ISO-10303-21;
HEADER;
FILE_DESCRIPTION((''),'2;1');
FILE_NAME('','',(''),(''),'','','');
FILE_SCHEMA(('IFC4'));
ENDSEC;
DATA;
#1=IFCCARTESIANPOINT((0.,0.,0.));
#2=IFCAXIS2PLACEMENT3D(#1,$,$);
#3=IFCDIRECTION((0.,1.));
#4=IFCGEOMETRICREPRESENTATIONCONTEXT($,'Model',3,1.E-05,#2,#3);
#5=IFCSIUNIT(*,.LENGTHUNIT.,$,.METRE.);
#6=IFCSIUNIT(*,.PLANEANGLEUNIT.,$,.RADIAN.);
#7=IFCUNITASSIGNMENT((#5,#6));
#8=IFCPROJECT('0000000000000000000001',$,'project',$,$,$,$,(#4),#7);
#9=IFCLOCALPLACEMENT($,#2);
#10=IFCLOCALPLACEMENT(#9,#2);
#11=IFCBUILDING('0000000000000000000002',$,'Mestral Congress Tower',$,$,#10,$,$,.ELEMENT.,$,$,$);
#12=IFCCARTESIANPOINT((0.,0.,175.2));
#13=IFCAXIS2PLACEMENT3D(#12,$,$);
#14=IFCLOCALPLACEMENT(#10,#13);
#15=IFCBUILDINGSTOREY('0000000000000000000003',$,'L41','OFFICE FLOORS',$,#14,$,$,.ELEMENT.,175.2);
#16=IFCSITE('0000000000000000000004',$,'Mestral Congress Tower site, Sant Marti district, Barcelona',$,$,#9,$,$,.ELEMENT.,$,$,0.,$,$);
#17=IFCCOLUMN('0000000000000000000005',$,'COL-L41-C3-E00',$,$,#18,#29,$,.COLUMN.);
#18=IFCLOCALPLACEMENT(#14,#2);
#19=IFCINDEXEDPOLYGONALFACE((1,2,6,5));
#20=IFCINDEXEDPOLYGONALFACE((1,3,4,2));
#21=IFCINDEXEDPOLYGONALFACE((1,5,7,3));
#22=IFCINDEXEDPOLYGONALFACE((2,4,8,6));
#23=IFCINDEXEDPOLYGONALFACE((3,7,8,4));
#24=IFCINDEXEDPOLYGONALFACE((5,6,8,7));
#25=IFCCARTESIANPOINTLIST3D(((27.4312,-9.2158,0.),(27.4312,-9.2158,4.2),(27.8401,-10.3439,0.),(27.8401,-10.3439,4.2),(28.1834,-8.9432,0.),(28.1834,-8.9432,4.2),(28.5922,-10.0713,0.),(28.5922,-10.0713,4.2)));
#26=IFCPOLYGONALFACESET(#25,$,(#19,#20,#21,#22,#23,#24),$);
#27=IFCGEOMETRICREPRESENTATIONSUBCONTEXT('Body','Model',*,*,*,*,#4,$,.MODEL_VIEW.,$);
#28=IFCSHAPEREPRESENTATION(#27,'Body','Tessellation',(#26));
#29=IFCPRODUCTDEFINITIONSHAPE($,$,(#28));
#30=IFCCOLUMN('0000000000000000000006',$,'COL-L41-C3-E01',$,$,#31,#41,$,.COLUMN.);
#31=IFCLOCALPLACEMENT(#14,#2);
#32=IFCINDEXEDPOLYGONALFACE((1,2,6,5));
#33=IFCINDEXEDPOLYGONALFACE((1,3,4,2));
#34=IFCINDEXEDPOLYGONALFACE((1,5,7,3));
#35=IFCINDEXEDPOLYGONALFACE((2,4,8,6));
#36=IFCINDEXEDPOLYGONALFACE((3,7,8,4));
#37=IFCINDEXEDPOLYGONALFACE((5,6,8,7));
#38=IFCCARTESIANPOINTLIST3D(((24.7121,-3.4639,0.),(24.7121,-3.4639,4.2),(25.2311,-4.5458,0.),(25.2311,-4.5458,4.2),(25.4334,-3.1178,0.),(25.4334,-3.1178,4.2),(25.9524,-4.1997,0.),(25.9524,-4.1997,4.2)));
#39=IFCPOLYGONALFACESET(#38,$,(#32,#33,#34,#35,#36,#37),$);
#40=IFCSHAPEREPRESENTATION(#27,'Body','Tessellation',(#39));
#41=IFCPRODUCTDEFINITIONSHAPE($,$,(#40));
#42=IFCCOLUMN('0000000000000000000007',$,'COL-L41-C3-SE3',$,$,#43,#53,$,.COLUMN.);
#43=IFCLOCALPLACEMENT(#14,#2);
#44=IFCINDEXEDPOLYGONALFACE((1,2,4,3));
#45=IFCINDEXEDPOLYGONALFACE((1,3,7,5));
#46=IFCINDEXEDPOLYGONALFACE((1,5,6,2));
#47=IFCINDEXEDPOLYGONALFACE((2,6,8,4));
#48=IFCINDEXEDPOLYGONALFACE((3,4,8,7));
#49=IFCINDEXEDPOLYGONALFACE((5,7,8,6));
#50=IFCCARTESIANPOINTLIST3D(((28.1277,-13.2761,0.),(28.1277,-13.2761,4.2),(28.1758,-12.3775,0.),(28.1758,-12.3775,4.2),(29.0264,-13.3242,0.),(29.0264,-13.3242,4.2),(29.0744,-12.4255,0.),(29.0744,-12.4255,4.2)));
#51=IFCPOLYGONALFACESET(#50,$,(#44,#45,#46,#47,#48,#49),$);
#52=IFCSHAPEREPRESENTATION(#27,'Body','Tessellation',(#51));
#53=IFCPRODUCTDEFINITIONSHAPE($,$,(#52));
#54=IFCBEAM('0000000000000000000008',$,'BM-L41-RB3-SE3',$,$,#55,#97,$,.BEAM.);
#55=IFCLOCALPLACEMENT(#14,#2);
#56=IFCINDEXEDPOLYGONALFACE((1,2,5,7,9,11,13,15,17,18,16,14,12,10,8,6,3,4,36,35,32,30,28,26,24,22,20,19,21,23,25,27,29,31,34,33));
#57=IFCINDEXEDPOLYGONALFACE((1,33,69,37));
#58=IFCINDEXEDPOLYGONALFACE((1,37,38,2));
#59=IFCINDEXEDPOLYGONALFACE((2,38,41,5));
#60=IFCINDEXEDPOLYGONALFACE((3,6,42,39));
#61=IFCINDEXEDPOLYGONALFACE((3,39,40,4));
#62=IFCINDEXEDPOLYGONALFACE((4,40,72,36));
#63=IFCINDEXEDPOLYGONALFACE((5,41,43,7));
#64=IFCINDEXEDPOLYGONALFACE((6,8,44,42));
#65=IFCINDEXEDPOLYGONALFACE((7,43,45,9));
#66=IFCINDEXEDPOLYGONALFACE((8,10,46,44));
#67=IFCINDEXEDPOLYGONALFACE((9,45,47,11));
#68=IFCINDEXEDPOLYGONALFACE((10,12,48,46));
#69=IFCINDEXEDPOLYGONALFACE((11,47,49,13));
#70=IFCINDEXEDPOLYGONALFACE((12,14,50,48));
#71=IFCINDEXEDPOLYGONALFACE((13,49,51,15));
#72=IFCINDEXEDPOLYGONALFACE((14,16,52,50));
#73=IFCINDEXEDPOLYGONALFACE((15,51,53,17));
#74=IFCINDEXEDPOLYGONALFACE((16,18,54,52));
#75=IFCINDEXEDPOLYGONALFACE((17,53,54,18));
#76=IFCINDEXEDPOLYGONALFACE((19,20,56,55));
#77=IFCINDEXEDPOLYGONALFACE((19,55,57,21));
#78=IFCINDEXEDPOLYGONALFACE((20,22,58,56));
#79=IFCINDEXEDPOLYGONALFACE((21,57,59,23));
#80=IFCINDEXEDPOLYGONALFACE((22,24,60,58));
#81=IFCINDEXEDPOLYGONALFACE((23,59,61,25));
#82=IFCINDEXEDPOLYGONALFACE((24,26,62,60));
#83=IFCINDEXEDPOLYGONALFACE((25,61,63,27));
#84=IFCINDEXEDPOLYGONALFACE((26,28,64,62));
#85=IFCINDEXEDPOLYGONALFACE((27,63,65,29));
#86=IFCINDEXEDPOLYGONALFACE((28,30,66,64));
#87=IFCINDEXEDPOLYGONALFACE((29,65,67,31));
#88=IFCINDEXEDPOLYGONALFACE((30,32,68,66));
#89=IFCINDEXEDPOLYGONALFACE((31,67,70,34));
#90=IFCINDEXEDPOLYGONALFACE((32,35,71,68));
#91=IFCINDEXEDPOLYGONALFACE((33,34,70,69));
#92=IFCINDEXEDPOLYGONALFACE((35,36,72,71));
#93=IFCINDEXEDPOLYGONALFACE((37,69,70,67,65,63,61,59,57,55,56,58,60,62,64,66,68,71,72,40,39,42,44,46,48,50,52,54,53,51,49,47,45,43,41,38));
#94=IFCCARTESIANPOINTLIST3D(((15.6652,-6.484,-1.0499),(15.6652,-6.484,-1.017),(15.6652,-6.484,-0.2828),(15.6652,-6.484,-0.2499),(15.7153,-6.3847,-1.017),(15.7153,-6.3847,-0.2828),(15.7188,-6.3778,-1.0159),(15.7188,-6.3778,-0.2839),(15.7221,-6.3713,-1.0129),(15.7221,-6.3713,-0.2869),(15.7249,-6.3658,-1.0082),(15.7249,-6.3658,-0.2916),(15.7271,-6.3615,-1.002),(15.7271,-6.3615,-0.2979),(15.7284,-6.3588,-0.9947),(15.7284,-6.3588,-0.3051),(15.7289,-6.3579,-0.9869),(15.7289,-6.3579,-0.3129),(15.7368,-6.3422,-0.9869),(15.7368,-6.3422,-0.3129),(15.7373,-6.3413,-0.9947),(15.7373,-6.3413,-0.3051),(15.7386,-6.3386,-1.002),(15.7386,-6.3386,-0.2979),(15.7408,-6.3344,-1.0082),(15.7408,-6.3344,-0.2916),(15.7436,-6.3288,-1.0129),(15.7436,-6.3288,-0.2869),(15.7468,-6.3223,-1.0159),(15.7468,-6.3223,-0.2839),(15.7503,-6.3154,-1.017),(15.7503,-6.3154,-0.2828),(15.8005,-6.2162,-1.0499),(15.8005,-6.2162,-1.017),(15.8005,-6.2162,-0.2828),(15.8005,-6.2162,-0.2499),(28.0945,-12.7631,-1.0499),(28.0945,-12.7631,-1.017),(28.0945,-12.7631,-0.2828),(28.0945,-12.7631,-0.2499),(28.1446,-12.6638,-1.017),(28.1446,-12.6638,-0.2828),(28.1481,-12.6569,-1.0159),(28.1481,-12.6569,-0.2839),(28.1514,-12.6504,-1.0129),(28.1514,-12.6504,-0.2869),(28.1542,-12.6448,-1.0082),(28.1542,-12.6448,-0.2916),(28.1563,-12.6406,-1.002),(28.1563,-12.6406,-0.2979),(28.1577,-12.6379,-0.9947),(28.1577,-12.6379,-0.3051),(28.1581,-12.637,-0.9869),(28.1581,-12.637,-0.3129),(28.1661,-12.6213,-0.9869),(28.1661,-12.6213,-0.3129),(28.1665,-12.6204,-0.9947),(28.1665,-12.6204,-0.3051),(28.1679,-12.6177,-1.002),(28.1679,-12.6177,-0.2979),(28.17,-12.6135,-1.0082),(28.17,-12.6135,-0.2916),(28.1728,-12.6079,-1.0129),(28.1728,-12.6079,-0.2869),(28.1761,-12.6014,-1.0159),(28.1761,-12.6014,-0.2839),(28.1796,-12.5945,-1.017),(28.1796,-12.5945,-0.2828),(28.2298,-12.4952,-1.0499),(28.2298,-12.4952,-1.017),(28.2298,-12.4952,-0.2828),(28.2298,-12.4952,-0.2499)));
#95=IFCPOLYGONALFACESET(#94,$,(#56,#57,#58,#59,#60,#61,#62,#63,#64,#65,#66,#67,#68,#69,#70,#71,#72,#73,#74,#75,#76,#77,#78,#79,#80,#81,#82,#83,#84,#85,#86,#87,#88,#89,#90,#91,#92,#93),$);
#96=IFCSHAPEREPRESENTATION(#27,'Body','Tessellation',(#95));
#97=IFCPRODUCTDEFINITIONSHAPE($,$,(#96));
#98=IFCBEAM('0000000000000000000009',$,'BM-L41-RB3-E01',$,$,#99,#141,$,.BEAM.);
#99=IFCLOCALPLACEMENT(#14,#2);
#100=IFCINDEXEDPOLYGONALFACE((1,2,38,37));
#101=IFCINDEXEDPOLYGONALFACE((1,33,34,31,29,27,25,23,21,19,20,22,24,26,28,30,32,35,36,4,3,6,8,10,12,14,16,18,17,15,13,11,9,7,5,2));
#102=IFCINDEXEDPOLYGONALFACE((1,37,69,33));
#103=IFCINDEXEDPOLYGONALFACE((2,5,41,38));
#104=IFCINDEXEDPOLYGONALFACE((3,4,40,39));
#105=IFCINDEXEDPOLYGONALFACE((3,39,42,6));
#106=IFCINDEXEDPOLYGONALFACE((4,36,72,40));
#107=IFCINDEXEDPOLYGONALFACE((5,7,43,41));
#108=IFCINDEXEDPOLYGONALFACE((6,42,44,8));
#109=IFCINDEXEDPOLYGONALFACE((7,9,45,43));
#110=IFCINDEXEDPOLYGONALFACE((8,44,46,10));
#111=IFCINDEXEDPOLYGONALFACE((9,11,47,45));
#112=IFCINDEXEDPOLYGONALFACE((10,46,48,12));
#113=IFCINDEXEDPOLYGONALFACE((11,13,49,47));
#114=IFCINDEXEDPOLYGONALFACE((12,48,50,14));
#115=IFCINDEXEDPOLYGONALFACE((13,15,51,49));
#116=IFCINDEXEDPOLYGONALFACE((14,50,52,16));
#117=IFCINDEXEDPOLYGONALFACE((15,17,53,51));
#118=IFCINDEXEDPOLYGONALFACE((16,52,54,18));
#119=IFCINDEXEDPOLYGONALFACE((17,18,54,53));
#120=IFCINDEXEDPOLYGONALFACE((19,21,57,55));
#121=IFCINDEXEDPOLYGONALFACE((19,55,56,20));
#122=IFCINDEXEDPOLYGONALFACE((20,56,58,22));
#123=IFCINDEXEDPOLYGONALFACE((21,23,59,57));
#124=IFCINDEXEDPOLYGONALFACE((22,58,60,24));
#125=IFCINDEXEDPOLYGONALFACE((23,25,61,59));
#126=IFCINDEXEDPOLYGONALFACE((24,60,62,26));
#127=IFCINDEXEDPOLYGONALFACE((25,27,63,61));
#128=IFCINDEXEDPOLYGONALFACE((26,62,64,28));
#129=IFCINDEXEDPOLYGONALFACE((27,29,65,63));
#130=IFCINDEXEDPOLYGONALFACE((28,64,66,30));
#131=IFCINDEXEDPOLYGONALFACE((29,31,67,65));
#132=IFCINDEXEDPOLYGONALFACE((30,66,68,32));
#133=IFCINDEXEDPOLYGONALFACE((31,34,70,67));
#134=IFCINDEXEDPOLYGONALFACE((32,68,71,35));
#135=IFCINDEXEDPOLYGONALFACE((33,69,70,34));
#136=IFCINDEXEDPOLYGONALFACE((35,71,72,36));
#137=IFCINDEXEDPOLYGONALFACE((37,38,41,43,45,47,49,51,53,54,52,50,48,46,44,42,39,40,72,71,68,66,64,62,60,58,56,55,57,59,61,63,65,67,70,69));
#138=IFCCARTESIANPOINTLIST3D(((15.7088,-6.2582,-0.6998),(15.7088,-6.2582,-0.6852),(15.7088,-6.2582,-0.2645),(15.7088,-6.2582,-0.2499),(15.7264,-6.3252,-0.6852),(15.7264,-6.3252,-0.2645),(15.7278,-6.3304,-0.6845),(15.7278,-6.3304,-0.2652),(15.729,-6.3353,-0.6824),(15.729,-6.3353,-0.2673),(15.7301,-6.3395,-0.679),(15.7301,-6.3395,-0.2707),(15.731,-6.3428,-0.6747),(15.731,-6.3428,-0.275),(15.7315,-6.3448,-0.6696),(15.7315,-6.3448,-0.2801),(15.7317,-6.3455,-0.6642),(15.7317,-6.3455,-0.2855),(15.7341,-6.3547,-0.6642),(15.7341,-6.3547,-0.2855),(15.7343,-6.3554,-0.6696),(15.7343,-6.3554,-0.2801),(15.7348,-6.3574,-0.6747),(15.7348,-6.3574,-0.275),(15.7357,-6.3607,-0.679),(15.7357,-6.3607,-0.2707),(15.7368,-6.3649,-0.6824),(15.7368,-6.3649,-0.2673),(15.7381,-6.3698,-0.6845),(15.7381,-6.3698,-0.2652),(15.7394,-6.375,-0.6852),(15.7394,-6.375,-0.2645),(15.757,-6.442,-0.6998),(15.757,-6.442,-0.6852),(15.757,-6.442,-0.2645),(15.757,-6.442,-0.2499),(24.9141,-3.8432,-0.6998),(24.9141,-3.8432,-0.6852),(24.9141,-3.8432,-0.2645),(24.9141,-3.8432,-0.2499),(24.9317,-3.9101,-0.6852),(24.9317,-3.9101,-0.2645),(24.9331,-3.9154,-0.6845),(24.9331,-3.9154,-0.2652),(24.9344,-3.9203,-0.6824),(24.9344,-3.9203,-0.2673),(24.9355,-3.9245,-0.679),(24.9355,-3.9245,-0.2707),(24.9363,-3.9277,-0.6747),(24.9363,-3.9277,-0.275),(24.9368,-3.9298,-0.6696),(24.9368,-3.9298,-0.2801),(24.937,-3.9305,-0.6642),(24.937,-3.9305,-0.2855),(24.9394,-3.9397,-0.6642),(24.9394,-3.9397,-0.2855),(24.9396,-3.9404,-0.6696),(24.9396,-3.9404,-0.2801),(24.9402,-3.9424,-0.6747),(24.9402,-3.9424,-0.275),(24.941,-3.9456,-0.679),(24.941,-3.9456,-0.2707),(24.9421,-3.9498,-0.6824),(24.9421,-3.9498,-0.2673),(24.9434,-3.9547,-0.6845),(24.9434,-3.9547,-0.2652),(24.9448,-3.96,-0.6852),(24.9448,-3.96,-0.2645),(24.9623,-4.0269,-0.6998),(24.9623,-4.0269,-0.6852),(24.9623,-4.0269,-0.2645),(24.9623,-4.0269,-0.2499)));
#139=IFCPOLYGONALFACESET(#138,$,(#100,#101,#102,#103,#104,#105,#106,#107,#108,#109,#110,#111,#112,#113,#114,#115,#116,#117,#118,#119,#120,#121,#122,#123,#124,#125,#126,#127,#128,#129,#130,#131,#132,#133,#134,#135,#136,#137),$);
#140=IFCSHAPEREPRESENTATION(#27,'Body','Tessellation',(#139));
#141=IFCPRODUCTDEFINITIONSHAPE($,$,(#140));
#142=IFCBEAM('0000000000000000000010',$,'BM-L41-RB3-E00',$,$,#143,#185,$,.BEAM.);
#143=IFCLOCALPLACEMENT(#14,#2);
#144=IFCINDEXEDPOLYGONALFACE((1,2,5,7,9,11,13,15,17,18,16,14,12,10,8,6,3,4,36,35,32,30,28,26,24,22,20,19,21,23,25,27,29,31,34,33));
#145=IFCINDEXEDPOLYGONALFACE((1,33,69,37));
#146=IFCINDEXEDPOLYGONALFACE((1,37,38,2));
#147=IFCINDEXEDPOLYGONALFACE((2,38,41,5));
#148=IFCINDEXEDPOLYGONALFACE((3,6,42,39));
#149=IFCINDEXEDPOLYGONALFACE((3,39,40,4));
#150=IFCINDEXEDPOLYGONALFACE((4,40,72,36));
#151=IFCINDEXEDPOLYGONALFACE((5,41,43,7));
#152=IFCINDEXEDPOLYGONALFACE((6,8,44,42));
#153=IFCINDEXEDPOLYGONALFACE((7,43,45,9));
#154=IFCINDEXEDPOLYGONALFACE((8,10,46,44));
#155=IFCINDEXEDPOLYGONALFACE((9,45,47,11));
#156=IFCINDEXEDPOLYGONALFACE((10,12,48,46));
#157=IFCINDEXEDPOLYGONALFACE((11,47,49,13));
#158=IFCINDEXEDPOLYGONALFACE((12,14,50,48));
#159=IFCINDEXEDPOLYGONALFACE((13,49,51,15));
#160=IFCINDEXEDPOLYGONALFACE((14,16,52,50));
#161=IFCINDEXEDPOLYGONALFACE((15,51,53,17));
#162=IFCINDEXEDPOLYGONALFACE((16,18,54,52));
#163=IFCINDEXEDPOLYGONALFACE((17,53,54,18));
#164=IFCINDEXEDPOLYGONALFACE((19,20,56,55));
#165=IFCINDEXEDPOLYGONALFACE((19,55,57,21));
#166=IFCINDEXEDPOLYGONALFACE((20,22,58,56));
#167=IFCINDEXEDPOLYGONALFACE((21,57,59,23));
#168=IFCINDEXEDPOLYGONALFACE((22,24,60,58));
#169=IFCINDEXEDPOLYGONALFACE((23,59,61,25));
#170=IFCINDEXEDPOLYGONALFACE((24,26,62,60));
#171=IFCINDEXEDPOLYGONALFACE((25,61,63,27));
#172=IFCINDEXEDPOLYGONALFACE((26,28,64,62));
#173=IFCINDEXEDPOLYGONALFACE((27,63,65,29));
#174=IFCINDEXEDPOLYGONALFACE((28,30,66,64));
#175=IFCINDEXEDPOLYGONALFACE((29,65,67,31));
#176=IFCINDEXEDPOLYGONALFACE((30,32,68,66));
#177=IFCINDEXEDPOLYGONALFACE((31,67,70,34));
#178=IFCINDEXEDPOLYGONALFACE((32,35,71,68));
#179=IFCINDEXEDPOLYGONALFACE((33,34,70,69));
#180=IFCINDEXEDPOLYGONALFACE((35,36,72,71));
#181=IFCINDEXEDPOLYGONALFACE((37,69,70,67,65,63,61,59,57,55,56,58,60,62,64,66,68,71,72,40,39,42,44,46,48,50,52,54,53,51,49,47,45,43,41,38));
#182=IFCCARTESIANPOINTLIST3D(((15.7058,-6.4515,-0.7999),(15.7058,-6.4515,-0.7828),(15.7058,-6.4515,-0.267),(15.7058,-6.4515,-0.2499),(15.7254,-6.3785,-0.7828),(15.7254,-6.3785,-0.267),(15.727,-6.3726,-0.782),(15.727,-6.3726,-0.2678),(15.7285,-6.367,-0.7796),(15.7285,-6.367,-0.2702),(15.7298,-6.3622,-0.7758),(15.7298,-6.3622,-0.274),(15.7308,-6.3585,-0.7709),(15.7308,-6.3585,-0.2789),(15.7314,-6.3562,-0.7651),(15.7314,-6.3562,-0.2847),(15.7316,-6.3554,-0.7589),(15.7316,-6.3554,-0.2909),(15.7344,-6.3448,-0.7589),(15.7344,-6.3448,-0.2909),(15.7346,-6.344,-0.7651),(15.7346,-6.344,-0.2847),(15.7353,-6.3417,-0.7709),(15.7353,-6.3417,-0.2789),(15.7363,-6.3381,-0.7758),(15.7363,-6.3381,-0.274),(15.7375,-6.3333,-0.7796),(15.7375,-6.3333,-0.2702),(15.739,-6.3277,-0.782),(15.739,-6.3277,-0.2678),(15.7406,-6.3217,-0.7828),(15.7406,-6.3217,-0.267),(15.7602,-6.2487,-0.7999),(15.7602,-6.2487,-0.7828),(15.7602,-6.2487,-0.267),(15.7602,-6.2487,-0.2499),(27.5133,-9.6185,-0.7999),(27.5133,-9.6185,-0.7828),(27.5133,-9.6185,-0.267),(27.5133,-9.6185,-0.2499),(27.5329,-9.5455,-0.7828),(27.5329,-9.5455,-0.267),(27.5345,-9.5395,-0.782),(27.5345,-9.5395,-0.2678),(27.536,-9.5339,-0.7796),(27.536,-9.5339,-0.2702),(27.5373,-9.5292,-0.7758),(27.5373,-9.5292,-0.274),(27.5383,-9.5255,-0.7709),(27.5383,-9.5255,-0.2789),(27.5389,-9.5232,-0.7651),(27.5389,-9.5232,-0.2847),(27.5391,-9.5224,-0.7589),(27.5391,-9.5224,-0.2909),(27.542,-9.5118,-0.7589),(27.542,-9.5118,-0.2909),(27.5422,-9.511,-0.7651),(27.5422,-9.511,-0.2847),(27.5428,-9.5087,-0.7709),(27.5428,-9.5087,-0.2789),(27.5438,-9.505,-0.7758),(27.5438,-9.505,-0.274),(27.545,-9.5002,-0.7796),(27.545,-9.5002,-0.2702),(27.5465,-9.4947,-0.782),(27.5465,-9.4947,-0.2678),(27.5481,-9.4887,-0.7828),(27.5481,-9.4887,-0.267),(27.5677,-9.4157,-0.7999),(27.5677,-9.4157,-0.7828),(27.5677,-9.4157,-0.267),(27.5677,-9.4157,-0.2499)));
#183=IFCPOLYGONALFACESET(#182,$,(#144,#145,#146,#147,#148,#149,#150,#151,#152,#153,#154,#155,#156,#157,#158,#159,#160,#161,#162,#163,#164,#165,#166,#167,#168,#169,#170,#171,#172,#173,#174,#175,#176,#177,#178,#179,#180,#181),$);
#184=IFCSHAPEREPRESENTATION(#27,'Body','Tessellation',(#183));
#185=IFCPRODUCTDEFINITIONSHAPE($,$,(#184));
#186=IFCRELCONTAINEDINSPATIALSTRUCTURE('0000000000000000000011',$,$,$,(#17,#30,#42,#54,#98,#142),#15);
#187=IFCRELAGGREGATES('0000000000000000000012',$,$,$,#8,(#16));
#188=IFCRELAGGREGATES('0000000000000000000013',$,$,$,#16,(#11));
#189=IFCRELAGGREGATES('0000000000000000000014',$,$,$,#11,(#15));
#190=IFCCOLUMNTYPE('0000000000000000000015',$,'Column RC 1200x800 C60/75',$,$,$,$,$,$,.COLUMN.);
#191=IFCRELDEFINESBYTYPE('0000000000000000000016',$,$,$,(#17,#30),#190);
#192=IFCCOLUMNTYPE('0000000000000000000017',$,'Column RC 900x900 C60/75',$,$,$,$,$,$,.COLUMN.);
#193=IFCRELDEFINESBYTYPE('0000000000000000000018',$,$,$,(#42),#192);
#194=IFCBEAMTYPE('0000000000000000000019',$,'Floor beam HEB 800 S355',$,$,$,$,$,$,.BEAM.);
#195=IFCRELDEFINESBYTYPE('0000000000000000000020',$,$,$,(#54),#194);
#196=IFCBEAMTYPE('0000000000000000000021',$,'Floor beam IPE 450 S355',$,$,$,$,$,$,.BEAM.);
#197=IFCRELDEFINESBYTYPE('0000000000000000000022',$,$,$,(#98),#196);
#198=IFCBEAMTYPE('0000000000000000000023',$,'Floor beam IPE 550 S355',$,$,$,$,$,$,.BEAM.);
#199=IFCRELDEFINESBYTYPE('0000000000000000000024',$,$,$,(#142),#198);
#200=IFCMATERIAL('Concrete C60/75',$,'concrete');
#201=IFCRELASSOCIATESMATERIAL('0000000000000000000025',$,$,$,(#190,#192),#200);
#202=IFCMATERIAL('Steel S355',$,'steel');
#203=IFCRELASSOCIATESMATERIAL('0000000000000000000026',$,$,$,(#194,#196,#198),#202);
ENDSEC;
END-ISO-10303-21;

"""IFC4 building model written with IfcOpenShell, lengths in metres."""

from ifc_helpers import new_model, si_unit, direction, frame, origin, origin_2d, place, context, subcontext, project, spatial, rectangle, i_section, extrude, material, material_profile, profile_set, type_object, element, save


model = new_model("IFC4")

# Units and contexts
model_context = context("Model", 3, precision=1e-05, world=origin(), true_north=direction((0.0, 1.0)))
body_context = subcontext(model_context, "Body", "Model", "MODEL_VIEW")
ifc_project = project(units=[si_unit("LENGTHUNIT", "METRE"), si_unit("PLANEANGLEUNIT", "RADIAN")], contexts=[model_context])

# Site, building, storey
site_placement = place(None, origin())
site = spatial("IfcSite", under=ifc_project, at=site_placement, Name="Mestral Congress Tower site, Sant Marti district, Barcelona", CompositionType="ELEMENT", RefElevation=0.0)
building_placement = place(site_placement, origin())
building = spatial("IfcBuilding", under=site, at=building_placement, Name="Mestral Congress Tower", CompositionType="ELEMENT")
storey_placement = place(building_placement, frame((0.0, 0.0, 175.2)))
storey = spatial("IfcBuildingStorey", under=building, at=storey_placement, Name="L41", Description="OFFICE FLOORS", CompositionType="ELEMENT", Elevation=175.2)

# Columns
ifc_material_1 = material(Name="Concrete C60/75", Category="concrete")
ifc_material_profile_1 = material_profile(ifc_material_1, rectangle(XDim=1.2, YDim=0.8, at=origin_2d()), Name="RC 1200x800")
ifc_profile_set_1 = profile_set([ifc_material_profile_1], Name="Concrete C60/75")
column_type_1 = type_object("IfcColumnType", Name="Column RC 1200x800 C60/75", PredefinedType="COLUMN", material=ifc_profile_set_1)
for number, where, z_axis, x_axis, name in (
    (1, (28.0117, -9.6436, 0.0), (0.0, 0.0, 1.0), (-0.340744, 0.940156, 0.0), "COL-L41-C3-E00"),
    (2, (25.3323, -3.8318, 0.0), (0.0, 0.0, 1.0), (-0.432522, 0.901624, 0.0), "COL-L41-C3-E01"),
):
    element("IfcColumn", number, at=place(storey_placement, frame(where, z_axis=z_axis, x_axis=x_axis)), inside=storey, type_object=column_type_1, Name=name, PredefinedType="COLUMN", context=body_context, shape_type="SweptSolid", body=[
        extrude(rectangle(XDim=1.2, YDim=0.8, at=origin_2d()), origin(), (0.0, 0.0, 1.0), 4.2),
    ])
ifc_material_profile_2 = material_profile(ifc_material_1, rectangle(XDim=0.8999, YDim=0.8999, at=origin_2d()), Name="RC 900x900")
ifc_profile_set_2 = profile_set([ifc_material_profile_2], Name="Concrete C60/75")
column_type_2 = type_object("IfcColumnType", Name="Column RC 900x900 C60/75", PredefinedType="COLUMN", material=ifc_profile_set_2)
column_placement = place(storey_placement, frame((28.6011, -12.8508, 0.0), z_axis=(0.0, 0.0, 1.0), x_axis=(0.053392, 0.998574, 0.0)))
element("IfcColumn", 3, at=column_placement, inside=storey, type_object=column_type_2, Name="COL-L41-C3-SE3", PredefinedType="COLUMN", context=body_context, shape_type="SweptSolid", body=[
    extrude(rectangle(XDim=0.8999, YDim=0.8999, at=origin_2d()), origin(), (0.0, 0.0, 1.0), 4.2),
])

# Beams
ifc_material_2 = material(Name="Steel S355", Category="steel")
ifc_material_profile_3 = material_profile(ifc_material_2, i_section(OverallWidth=0.3, OverallDepth=0.8, WebThickness=0.0176, FlangeThickness=0.033, FilletRadius=0.03, at=origin_2d()), Name="HEB 800")
ifc_profile_set_3 = profile_set([ifc_material_profile_3], Name="Steel S355")
beam_type_1 = type_object("IfcBeamType", Name="Floor beam HEB 800 S355", PredefinedType="BEAM", material=ifc_profile_set_3)
beam_1_placement = place(storey_placement, frame((28.1621, -12.6292, -0.6499), z_axis=(-0.892568, 0.450913, 0.0), x_axis=(-0.450913, -0.892568, 0.0)))
element("IfcBeam", 4, at=beam_1_placement, inside=storey, type_object=beam_type_1, Name="BM-L41-RB3-SE3", PredefinedType="BEAM", context=body_context, shape_type="SweptSolid", body=[
    extrude(i_section(OverallWidth=0.3, OverallDepth=0.8, WebThickness=0.0176, FlangeThickness=0.033, FilletRadius=0.03, at=origin_2d()), origin(), (0.0, 0.0, 1.0), 13.9253),
])
ifc_material_profile_4 = material_profile(ifc_material_2, i_section(OverallWidth=0.1899, OverallDepth=0.45, WebThickness=0.0095, FlangeThickness=0.0146, FilletRadius=0.021, at=origin_2d()), Name="IPE 450")
ifc_profile_set_4 = profile_set([ifc_material_profile_4], Name="Steel S355")
beam_type_2 = type_object("IfcBeamType", Name="Floor beam IPE 450 S355", PredefinedType="BEAM", material=ifc_profile_set_4)
beam_2_placement = place(storey_placement, frame((24.9382, -3.9351, -0.4749), z_axis=(-0.967266, -0.253765, 0.0), x_axis=(0.253765, -0.967266, 0.0)))
element("IfcBeam", 5, at=beam_2_placement, inside=storey, type_object=beam_type_2, Name="BM-L41-RB3-E01", PredefinedType="BEAM", context=body_context, shape_type="SweptSolid", body=[
    extrude(i_section(OverallWidth=0.1899, OverallDepth=0.45, WebThickness=0.0095, FlangeThickness=0.0146, FilletRadius=0.021, at=origin_2d()), origin(), (0.0, 0.0, 1.0), 9.5168),
])
ifc_material_profile_5 = material_profile(ifc_material_2, i_section(OverallWidth=0.21, OverallDepth=0.55, WebThickness=0.011, FlangeThickness=0.0171, FilletRadius=0.0239, at=origin_2d()), Name="IPE 550")
ifc_profile_set_5 = profile_set([ifc_material_profile_5], Name="Steel S355")
beam_type_3 = type_object("IfcBeamType", Name="Floor beam IPE 550 S355", PredefinedType="BEAM", material=ifc_profile_set_5)
beam_3_placement = place(storey_placement, frame((27.5405, -9.5171, -0.5249), z_axis=(-0.965861, 0.259059, 0.0), x_axis=(-0.259059, -0.965861, 0.0)))
element("IfcBeam", 6, at=beam_3_placement, inside=storey, type_object=beam_type_3, Name="BM-L41-RB3-E00", PredefinedType="BEAM", context=body_context, shape_type="SweptSolid", body=[
    extrude(i_section(OverallWidth=0.21, OverallDepth=0.55, WebThickness=0.011, FlangeThickness=0.0171, FilletRadius=0.0239, at=origin_2d()), origin(), (0.0, 0.0, 1.0), 12.2249),
])

save(model, "model.ifc")
